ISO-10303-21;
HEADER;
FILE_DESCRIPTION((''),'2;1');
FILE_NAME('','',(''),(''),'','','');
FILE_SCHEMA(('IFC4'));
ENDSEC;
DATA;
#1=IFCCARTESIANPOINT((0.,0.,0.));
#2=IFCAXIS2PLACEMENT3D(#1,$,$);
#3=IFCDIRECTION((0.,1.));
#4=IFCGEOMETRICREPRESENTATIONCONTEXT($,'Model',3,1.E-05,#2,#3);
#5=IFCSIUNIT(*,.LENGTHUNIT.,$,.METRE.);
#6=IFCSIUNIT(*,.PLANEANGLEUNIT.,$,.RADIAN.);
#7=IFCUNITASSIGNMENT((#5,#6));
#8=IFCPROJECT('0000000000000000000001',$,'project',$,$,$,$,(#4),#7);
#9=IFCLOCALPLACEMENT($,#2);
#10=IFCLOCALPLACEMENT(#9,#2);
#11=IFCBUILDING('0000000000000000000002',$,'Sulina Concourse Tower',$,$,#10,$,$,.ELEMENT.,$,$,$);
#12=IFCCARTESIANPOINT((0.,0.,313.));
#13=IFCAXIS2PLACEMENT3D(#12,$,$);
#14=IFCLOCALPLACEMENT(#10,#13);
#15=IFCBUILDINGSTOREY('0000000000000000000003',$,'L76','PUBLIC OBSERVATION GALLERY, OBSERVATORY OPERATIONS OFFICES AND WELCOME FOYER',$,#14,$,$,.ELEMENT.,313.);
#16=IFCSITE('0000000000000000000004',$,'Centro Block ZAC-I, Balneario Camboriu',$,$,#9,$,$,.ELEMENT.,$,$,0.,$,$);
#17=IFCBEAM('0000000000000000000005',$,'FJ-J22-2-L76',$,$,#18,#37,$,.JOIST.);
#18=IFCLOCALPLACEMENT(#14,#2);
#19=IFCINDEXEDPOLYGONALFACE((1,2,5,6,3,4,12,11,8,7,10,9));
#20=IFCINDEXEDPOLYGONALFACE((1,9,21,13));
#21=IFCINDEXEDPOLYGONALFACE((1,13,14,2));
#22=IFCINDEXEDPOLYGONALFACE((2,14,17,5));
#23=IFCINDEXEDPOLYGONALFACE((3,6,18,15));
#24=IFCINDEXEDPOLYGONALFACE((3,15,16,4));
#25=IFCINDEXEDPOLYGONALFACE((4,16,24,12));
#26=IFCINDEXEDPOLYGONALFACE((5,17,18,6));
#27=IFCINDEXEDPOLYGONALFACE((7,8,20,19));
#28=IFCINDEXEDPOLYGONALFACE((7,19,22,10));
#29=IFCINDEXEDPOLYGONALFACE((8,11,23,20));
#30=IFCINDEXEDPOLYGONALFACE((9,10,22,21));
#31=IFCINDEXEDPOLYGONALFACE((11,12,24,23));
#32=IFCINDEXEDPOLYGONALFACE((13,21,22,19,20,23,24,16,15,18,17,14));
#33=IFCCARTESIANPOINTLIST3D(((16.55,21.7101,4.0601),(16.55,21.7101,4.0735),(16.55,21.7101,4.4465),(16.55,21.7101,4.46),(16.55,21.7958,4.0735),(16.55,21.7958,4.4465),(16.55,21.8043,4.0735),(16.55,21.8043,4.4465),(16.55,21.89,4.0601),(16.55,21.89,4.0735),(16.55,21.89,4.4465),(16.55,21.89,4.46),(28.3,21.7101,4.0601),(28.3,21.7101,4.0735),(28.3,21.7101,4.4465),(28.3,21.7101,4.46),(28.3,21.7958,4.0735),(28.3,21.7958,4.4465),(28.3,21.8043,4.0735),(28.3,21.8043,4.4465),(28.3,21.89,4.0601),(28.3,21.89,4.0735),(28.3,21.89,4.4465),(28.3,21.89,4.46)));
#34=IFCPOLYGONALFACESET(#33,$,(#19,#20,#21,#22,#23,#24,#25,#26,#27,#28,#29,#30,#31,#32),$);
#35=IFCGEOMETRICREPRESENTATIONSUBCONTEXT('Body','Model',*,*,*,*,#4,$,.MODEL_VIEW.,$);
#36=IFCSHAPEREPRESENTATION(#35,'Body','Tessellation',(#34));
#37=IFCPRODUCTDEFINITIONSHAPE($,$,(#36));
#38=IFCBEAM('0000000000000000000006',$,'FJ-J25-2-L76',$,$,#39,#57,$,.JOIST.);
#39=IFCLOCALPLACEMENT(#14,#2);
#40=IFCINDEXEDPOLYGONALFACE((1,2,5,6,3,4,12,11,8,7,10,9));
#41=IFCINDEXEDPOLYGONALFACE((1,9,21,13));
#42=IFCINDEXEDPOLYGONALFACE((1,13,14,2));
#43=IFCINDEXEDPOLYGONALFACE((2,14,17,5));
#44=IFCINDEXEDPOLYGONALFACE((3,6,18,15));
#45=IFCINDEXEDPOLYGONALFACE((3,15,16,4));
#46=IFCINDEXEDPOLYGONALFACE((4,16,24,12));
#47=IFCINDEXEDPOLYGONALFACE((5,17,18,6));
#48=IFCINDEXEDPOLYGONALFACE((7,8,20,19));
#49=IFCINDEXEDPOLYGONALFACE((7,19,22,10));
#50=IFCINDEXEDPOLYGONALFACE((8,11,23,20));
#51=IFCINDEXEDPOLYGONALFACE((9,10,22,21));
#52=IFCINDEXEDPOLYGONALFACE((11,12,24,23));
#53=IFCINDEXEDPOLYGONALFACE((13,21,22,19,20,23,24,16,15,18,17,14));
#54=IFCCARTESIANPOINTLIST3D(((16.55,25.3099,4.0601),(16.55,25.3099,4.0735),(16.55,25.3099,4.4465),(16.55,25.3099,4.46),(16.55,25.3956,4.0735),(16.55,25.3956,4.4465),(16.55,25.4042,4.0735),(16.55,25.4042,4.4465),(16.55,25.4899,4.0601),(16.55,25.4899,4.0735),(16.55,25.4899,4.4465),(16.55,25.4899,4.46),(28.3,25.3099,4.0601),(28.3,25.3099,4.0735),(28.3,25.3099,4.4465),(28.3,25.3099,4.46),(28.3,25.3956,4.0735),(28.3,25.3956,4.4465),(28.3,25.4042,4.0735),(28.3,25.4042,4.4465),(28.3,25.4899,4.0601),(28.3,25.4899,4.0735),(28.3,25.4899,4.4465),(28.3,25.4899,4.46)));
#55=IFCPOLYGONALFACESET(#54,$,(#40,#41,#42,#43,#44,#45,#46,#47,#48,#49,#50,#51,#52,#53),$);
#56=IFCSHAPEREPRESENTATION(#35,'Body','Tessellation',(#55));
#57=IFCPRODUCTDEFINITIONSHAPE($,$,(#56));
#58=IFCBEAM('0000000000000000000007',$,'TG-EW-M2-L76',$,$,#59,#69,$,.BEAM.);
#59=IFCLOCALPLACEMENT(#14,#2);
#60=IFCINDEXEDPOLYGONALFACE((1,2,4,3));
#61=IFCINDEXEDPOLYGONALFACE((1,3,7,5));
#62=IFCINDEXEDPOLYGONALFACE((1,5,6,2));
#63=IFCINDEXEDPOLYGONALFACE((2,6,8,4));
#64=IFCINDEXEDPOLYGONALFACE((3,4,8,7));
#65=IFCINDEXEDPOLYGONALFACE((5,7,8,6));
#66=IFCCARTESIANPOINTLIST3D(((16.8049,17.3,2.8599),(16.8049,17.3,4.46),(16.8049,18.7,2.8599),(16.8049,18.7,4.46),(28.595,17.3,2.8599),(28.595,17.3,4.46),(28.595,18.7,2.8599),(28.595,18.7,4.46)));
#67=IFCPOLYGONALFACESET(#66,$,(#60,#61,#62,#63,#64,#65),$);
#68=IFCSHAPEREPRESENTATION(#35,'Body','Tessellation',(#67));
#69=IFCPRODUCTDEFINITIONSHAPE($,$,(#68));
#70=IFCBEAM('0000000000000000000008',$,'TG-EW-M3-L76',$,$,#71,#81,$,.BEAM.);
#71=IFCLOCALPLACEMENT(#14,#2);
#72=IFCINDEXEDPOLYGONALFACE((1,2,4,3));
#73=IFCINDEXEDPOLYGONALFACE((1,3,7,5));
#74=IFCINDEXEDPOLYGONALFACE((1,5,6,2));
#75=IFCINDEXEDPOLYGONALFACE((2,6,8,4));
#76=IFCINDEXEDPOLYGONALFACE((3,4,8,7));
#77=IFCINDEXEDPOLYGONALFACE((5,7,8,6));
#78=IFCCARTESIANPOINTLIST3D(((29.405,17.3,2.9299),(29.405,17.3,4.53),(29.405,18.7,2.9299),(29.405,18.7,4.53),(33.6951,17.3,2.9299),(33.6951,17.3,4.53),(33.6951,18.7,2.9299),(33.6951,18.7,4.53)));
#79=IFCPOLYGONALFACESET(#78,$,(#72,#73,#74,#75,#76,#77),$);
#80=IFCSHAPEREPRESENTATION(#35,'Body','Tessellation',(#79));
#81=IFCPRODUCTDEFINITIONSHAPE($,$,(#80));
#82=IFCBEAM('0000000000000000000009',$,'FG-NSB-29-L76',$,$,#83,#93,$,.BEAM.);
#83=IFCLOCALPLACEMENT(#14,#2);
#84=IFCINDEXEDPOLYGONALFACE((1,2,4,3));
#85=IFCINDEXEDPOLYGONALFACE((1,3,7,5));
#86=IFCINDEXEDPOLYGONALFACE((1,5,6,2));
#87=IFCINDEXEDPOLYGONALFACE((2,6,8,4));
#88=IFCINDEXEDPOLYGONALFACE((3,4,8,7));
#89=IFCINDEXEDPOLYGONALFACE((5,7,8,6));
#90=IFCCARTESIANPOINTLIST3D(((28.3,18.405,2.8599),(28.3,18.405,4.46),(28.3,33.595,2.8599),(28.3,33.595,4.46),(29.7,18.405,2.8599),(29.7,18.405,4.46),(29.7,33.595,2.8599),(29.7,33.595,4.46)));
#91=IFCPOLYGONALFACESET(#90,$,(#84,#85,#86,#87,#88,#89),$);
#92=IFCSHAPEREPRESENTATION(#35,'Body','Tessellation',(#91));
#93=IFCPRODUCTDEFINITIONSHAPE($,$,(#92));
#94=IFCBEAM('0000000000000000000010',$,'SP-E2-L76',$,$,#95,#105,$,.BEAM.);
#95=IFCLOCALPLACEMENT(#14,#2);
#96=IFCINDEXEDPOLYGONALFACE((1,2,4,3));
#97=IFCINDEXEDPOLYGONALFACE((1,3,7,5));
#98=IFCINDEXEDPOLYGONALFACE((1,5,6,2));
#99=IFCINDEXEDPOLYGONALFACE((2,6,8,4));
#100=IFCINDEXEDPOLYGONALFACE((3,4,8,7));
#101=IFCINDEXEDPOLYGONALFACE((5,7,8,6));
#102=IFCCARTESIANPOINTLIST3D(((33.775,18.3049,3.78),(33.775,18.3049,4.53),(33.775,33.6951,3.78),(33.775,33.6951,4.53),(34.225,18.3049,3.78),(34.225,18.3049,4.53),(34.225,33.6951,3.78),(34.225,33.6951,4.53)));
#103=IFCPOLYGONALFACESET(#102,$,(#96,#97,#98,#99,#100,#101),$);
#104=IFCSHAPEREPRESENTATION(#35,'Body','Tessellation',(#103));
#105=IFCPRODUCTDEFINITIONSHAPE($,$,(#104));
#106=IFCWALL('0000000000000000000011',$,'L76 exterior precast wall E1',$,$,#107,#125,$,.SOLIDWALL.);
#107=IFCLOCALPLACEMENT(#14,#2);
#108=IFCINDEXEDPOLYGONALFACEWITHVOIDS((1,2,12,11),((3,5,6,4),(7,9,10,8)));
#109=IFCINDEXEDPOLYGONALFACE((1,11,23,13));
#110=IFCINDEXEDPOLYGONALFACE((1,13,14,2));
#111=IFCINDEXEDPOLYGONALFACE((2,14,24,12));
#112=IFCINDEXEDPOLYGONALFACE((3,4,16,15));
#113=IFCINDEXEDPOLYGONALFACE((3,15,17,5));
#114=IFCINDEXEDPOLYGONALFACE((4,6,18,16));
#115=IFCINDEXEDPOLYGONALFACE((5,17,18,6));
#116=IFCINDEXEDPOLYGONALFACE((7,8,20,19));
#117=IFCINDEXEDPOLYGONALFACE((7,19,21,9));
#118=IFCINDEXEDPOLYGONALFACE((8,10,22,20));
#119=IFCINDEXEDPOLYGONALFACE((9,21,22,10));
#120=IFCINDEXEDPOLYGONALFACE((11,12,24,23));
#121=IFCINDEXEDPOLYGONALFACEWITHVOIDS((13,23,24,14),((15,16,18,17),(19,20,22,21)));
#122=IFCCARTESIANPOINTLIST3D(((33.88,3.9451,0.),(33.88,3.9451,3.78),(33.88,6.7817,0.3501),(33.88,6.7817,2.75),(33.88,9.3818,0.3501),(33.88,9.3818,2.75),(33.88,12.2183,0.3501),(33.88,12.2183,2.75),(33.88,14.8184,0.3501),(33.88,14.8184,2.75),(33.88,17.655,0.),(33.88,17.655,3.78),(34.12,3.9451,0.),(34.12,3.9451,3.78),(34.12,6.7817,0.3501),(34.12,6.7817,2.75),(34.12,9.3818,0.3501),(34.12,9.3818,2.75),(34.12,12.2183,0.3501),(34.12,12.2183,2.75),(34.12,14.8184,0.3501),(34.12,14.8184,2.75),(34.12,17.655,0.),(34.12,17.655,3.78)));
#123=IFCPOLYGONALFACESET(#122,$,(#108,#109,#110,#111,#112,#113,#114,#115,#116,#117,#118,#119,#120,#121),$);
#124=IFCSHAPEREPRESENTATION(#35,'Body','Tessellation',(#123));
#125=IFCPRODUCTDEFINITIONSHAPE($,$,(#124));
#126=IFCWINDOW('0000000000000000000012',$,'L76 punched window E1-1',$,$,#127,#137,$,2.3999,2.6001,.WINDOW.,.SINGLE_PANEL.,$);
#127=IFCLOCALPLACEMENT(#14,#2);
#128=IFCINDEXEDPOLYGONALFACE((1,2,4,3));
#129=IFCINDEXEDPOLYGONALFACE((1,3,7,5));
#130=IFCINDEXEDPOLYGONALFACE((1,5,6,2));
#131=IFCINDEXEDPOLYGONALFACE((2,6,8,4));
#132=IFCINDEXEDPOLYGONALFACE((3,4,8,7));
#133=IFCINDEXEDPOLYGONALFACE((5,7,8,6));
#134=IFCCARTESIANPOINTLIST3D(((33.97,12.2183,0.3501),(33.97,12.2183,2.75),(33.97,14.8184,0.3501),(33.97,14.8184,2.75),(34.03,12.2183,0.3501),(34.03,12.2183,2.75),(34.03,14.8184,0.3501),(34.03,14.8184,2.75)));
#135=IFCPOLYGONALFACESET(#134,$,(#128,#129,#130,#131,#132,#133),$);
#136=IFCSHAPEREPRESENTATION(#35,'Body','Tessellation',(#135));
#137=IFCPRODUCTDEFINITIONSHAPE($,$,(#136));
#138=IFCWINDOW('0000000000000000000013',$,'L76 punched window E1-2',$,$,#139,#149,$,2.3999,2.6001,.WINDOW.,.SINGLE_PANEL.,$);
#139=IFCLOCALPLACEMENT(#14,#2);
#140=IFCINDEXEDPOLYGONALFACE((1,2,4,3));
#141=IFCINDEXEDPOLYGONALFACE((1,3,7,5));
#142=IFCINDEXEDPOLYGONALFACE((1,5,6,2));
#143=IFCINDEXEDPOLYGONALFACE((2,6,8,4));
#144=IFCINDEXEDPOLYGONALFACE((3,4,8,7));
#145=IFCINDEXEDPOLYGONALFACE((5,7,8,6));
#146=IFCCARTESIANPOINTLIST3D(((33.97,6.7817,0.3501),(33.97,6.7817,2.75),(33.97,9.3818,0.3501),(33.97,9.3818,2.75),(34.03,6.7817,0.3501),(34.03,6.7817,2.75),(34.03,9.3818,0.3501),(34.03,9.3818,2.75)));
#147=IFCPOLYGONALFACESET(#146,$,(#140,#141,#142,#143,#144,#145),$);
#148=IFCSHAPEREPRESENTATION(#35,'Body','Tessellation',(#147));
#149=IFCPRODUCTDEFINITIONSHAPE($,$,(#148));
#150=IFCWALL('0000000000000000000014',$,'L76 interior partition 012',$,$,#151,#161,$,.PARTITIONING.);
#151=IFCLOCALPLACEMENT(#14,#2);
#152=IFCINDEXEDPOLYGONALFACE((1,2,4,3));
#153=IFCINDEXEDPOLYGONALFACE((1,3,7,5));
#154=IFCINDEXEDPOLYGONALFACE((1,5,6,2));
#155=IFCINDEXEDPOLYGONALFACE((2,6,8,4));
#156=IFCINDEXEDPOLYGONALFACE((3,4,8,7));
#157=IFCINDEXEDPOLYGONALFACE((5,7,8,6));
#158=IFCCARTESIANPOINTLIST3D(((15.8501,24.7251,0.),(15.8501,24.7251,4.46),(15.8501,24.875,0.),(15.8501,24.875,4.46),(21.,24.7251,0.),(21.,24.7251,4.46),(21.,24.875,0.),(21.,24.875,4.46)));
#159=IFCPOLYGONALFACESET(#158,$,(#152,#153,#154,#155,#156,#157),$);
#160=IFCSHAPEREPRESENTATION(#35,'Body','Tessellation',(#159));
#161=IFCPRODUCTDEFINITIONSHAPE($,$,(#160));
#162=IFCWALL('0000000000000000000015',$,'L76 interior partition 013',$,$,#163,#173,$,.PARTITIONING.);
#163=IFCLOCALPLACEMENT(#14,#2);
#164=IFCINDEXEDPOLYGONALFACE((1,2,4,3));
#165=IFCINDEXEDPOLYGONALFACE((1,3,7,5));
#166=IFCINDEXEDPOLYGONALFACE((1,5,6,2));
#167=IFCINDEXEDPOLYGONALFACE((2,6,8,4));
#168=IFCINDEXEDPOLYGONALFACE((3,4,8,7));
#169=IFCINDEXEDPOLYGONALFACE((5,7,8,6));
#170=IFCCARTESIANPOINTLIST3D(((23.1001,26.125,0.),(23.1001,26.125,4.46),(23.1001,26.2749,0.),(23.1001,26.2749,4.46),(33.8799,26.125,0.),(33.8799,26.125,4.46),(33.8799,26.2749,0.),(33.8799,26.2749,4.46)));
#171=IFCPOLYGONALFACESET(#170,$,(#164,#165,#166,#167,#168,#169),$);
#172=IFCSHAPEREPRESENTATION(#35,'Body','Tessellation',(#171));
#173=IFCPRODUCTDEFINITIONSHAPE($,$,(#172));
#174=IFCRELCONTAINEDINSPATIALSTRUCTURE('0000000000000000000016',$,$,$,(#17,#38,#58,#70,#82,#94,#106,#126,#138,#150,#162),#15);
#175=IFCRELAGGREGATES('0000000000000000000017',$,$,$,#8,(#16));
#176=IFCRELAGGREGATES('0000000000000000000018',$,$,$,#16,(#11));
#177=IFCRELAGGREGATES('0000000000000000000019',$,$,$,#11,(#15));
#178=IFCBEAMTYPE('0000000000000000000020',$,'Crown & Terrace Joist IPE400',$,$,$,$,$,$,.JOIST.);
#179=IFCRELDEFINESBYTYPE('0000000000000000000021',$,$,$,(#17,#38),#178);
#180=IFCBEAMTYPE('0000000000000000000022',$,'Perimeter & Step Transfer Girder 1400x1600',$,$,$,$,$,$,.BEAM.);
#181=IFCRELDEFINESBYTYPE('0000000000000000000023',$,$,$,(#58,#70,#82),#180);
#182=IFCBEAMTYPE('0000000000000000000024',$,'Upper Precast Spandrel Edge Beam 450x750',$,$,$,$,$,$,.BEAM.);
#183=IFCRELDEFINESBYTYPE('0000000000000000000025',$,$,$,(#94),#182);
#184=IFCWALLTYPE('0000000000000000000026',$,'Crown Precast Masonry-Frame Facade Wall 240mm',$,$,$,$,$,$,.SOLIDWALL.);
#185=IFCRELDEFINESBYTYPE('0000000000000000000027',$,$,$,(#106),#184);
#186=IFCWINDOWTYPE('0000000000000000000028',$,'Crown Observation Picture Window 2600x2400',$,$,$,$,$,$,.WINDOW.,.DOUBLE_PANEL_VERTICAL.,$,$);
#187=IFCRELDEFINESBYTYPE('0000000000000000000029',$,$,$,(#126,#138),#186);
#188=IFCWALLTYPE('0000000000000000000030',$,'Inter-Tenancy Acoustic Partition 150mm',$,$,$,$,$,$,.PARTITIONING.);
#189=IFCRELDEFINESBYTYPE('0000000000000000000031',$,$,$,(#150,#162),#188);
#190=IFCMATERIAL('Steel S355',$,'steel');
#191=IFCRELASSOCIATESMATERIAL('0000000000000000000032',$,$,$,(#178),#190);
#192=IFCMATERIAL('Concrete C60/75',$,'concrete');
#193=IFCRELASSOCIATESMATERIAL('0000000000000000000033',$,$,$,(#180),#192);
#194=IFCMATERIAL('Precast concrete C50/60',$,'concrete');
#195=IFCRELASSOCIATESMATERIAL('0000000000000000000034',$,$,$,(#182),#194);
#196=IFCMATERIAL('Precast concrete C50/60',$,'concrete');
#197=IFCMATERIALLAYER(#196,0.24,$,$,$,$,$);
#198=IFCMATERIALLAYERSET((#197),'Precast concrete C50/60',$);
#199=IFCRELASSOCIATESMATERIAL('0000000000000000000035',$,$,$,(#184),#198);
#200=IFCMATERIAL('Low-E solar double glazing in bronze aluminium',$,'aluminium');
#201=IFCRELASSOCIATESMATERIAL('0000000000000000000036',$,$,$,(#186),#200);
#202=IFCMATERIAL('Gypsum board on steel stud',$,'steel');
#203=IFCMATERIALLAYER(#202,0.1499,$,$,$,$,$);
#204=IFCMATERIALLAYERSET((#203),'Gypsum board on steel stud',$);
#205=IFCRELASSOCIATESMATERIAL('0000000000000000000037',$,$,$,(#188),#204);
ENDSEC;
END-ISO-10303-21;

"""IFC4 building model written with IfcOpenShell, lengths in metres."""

from ifc_helpers import new_model, si_unit, direction, frame, frame_2d, origin, origin_2d, place, context, subcontext, project, spatial, rectangle, i_section, extrude, material, layer, layer_set, material_profile, profile_set, type_object, element, fill, save


model = new_model("IFC4")

# Units and contexts
model_context = context("Model", 3, precision=1e-05, world=origin(), true_north=direction((0.0, 1.0)))
body_context = subcontext(model_context, "Body", "Model", "MODEL_VIEW")
ifc_project = project(units=[si_unit("LENGTHUNIT", "METRE"), si_unit("PLANEANGLEUNIT", "RADIAN")], contexts=[model_context])

# Site, building, storey
site_placement = place(None, origin())
site = spatial("IfcSite", under=ifc_project, at=site_placement, Name="Centro Block ZAC-I, Balneario Camboriu", CompositionType="ELEMENT", RefElevation=0.0)
building_placement = place(site_placement, origin())
building = spatial("IfcBuilding", under=site, at=building_placement, Name="Sulina Concourse Tower", CompositionType="ELEMENT")
storey_placement = place(building_placement, frame((0.0, 0.0, 313.0)))
storey = spatial("IfcBuildingStorey", under=building, at=storey_placement, Name="L76", Description="PUBLIC OBSERVATION GALLERY, OBSERVATORY OPERATIONS OFFICES AND WELCOME FOYER", CompositionType="ELEMENT", Elevation=313.0)

# Beams
ifc_material_1 = material(Name="Steel S355", Category="steel")
ifc_material_profile_1 = material_profile(ifc_material_1, i_section(OverallWidth=0.1799, OverallDepth=0.3999, WebThickness=0.0085, FlangeThickness=0.0134, at=origin_2d()), Name="IPE 400")
ifc_profile_set_1 = profile_set([ifc_material_profile_1], Name="Steel S355")
beam_type_1 = type_object("IfcBeamType", Name="Crown & Terrace Joist IPE400", PredefinedType="JOIST", material=ifc_profile_set_1)
for number, where, z_axis, x_axis, name in (
    (1, (16.55, 21.8, 4.26), (1.0, 0.0, 0.0), (0.0, 1.0, 0.0), "FJ-J22-2-L76"),
    (2, (16.55, 25.3999, 4.26), (1.0, 0.0, 0.0), (0.0, 1.0, 0.0), "FJ-J25-2-L76"),
):
    element("IfcBeam", number, at=place(storey_placement, frame(where, z_axis=z_axis, x_axis=x_axis)), inside=storey, type_object=beam_type_1, Name=name, PredefinedType="JOIST", context=body_context, shape_type="SweptSolid", body=[
        extrude(i_section(OverallWidth=0.1799, OverallDepth=0.3999, WebThickness=0.0085, FlangeThickness=0.0134, at=origin_2d()), origin(), (0.0, 0.0, 1.0), 11.75),
    ])
ifc_material_2 = material(Name="Concrete C60/75", Category="concrete")
ifc_material_profile_2 = material_profile(ifc_material_2, rectangle(XDim=1.3999, YDim=1.6001, at=origin_2d()), Name="RC 1400x1600")
ifc_profile_set_2 = profile_set([ifc_material_profile_2], Name="Concrete C60/75")
beam_type_2 = type_object("IfcBeamType", Name="Perimeter & Step Transfer Girder 1400x1600", PredefinedType="BEAM", material=ifc_profile_set_2)
beam_1_placement = place(storey_placement, frame((16.8049, 18.0, 3.6599), z_axis=(1.0, 0.0, 0.0), x_axis=(0.0, 1.0, 0.0)))
element("IfcBeam", 3, at=beam_1_placement, inside=storey, type_object=beam_type_2, Name="TG-EW-M2-L76", PredefinedType="BEAM", context=body_context, shape_type="SweptSolid", body=[
    extrude(rectangle(XDim=1.3999, YDim=1.6001, at=origin_2d()), origin(), (0.0, 0.0, 1.0), 11.79),
])
beam_2_placement = place(storey_placement, frame((29.405, 18.0, 3.73), z_axis=(1.0, 0.0, 0.0), x_axis=(0.0, 1.0, 0.0)))
element("IfcBeam", 4, at=beam_2_placement, inside=storey, type_object=beam_type_2, Name="TG-EW-M3-L76", PredefinedType="BEAM", context=body_context, shape_type="SweptSolid", body=[
    extrude(rectangle(XDim=1.3999, YDim=1.6001, at=origin_2d()), origin(), (0.0, 0.0, 1.0), 4.29),
])
beam_3_placement = place(storey_placement, frame((29.0, 18.405, 3.6599), z_axis=(0.0, 1.0, 0.0), x_axis=(-1.0, 0.0, 0.0)))
element("IfcBeam", 5, at=beam_3_placement, inside=storey, type_object=beam_type_2, Name="FG-NSB-29-L76", PredefinedType="BEAM", context=body_context, shape_type="SweptSolid", body=[
    extrude(rectangle(XDim=1.3999, YDim=1.6001, at=origin_2d()), origin(), (0.0, 0.0, 1.0), 15.1899),
])
ifc_material_3 = material(Name="Precast concrete C50/60", Category="concrete")
ifc_material_profile_3 = material_profile(ifc_material_3, rectangle(XDim=0.45, YDim=0.75, at=origin_2d()), Name="RC 450x750")
ifc_profile_set_3 = profile_set([ifc_material_profile_3], Name="Precast concrete C50/60")
beam_type_3 = type_object("IfcBeamType", Name="Upper Precast Spandrel Edge Beam 450x750", PredefinedType="BEAM", material=ifc_profile_set_3)
beam_4_placement = place(storey_placement, frame((34.0, 18.3049, 4.155), z_axis=(0.0, 1.0, 0.0), x_axis=(-1.0, 0.0, 0.0)))
element("IfcBeam", 6, at=beam_4_placement, inside=storey, type_object=beam_type_3, Name="SP-E2-L76", PredefinedType="BEAM", context=body_context, shape_type="SweptSolid", body=[
    extrude(rectangle(XDim=0.45, YDim=0.75, at=origin_2d()), origin(), (0.0, 0.0, 1.0), 15.3901),
])

# Wall, openings, windows
ifc_material_4 = material(Name="Precast concrete C50/60", Category="concrete")
ifc_layer_1 = layer(ifc_material_4, 0.24)
ifc_layer_set_1 = layer_set([ifc_layer_1], Name="Precast concrete C50/60")
wall_type_1 = type_object("IfcWallType", Name="Crown Precast Masonry-Frame Facade Wall 240mm", PredefinedType="SOLIDWALL", material=ifc_layer_set_1)
wall_1_placement = place(storey_placement, frame((34.0, 17.655, 0.0), z_axis=(0.0, 0.0, 1.0), x_axis=(0.0, -1.0, 0.0)))
wall_1 = element("IfcWall", 7, at=wall_1_placement, inside=storey, type_object=wall_type_1, Name="L76 exterior precast wall E1", PredefinedType="SOLIDWALL", context=body_context, shape_type="SweptSolid", body=[
    extrude(rectangle(XDim=13.71, YDim=0.24, at=frame_2d((6.855, 0.0))), origin(), (0.0, 0.0, 1.0), 3.78),
])
opening_1_placement = place(wall_1_placement, frame((2.8367, 0.0, 0.3501)))
opening_1 = element("IfcOpeningElement", 8, at=opening_1_placement, cuts=wall_1, PredefinedType="OPENING", context=body_context, shape_type="SweptSolid", body=[
    extrude(rectangle(XDim=2.6001, YDim=2.3999, at=frame_2d((1.3, 1.2))), frame((0.0, 0.1299, 0.0), z_axis=(0.0, -1.0, 0.0), x_axis=(1.0, 0.0, 0.0)), (0.0, 0.0, 1.0), 0.26),
])
opening_2_placement = place(wall_1_placement, frame((8.2732, 0.0, 0.3501)))
opening_2 = element("IfcOpeningElement", 9, at=opening_2_placement, cuts=wall_1, PredefinedType="OPENING", context=body_context, shape_type="SweptSolid", body=[
    extrude(rectangle(XDim=2.6001, YDim=2.3999, at=frame_2d((1.3, 1.2))), frame((0.0, 0.1299, 0.0), z_axis=(0.0, -1.0, 0.0), x_axis=(1.0, 0.0, 0.0)), (0.0, 0.0, 1.0), 0.26),
])
ifc_material_5 = material(Name="Low-E solar double glazing in bronze aluminium", Category="aluminium")
window_type = type_object("IfcWindowType", Name="Crown Observation Picture Window 2600x2400", PartitioningType="DOUBLE_PANEL_VERTICAL", PredefinedType="WINDOW", material=ifc_material_5)
window_1_placement = place(opening_1_placement, origin())
window_1 = element("IfcWindow", 10, at=window_1_placement, inside=storey, type_object=window_type, Name="L76 punched window E1-1", OverallHeight=2.3999, OverallWidth=2.6001, PartitioningType="SINGLE_PANEL", PredefinedType="WINDOW", context=body_context, shape_type="SweptSolid", body=[
    extrude(rectangle(XDim=2.6001, YDim=2.3999, at=frame_2d((1.3, 1.2))), frame((0.0, 0.03, 0.0), z_axis=(0.0, -1.0, 0.0), x_axis=(1.0, 0.0, 0.0)), (0.0, 0.0, 1.0), 0.0601),
])
fill(opening_1, window_1)
window_2_placement = place(opening_2_placement, origin())
window_2 = element("IfcWindow", 11, at=window_2_placement, inside=storey, type_object=window_type, Name="L76 punched window E1-2", OverallHeight=2.3999, OverallWidth=2.6001, PartitioningType="SINGLE_PANEL", PredefinedType="WINDOW", context=body_context, shape_type="SweptSolid", body=[
    extrude(rectangle(XDim=2.6001, YDim=2.3999, at=frame_2d((1.3, 1.2))), frame((0.0, 0.03, 0.0), z_axis=(0.0, -1.0, 0.0), x_axis=(1.0, 0.0, 0.0)), (0.0, 0.0, 1.0), 0.0601),
])
fill(opening_2, window_2)

# Walls
ifc_material_6 = material(Name="Gypsum board on steel stud", Category="steel")
ifc_layer_2 = layer(ifc_material_6, 0.1499)
ifc_layer_set_2 = layer_set([ifc_layer_2], Name="Gypsum board on steel stud")
wall_type_2 = type_object("IfcWallType", Name="Inter-Tenancy Acoustic Partition 150mm", PredefinedType="PARTITIONING", material=ifc_layer_set_2)
wall_2_placement = place(storey_placement, frame((15.8501, 24.8, 0.0), z_axis=(0.0, 0.0, 1.0), x_axis=(1.0, 0.0, 0.0)))
element("IfcWall", 12, at=wall_2_placement, inside=storey, type_object=wall_type_2, Name="L76 interior partition 012", PredefinedType="PARTITIONING", context=body_context, shape_type="SweptSolid", body=[
    extrude(rectangle(XDim=5.1499, YDim=0.1499, at=frame_2d((2.575, 0.0))), origin(), (0.0, 0.0, 1.0), 4.46),
])
wall_3_placement = place(storey_placement, frame((23.1001, 26.2, 0.0), z_axis=(0.0, 0.0, 1.0), x_axis=(1.0, 0.0, 0.0)))
element("IfcWall", 13, at=wall_3_placement, inside=storey, type_object=wall_type_2, Name="L76 interior partition 013", PredefinedType="PARTITIONING", context=body_context, shape_type="SweptSolid", body=[
    extrude(rectangle(XDim=10.7798, YDim=0.1499, at=frame_2d((5.3899, 0.0))), origin(), (0.0, 0.0, 1.0), 4.46),
])

save(model, "model.ifc")
